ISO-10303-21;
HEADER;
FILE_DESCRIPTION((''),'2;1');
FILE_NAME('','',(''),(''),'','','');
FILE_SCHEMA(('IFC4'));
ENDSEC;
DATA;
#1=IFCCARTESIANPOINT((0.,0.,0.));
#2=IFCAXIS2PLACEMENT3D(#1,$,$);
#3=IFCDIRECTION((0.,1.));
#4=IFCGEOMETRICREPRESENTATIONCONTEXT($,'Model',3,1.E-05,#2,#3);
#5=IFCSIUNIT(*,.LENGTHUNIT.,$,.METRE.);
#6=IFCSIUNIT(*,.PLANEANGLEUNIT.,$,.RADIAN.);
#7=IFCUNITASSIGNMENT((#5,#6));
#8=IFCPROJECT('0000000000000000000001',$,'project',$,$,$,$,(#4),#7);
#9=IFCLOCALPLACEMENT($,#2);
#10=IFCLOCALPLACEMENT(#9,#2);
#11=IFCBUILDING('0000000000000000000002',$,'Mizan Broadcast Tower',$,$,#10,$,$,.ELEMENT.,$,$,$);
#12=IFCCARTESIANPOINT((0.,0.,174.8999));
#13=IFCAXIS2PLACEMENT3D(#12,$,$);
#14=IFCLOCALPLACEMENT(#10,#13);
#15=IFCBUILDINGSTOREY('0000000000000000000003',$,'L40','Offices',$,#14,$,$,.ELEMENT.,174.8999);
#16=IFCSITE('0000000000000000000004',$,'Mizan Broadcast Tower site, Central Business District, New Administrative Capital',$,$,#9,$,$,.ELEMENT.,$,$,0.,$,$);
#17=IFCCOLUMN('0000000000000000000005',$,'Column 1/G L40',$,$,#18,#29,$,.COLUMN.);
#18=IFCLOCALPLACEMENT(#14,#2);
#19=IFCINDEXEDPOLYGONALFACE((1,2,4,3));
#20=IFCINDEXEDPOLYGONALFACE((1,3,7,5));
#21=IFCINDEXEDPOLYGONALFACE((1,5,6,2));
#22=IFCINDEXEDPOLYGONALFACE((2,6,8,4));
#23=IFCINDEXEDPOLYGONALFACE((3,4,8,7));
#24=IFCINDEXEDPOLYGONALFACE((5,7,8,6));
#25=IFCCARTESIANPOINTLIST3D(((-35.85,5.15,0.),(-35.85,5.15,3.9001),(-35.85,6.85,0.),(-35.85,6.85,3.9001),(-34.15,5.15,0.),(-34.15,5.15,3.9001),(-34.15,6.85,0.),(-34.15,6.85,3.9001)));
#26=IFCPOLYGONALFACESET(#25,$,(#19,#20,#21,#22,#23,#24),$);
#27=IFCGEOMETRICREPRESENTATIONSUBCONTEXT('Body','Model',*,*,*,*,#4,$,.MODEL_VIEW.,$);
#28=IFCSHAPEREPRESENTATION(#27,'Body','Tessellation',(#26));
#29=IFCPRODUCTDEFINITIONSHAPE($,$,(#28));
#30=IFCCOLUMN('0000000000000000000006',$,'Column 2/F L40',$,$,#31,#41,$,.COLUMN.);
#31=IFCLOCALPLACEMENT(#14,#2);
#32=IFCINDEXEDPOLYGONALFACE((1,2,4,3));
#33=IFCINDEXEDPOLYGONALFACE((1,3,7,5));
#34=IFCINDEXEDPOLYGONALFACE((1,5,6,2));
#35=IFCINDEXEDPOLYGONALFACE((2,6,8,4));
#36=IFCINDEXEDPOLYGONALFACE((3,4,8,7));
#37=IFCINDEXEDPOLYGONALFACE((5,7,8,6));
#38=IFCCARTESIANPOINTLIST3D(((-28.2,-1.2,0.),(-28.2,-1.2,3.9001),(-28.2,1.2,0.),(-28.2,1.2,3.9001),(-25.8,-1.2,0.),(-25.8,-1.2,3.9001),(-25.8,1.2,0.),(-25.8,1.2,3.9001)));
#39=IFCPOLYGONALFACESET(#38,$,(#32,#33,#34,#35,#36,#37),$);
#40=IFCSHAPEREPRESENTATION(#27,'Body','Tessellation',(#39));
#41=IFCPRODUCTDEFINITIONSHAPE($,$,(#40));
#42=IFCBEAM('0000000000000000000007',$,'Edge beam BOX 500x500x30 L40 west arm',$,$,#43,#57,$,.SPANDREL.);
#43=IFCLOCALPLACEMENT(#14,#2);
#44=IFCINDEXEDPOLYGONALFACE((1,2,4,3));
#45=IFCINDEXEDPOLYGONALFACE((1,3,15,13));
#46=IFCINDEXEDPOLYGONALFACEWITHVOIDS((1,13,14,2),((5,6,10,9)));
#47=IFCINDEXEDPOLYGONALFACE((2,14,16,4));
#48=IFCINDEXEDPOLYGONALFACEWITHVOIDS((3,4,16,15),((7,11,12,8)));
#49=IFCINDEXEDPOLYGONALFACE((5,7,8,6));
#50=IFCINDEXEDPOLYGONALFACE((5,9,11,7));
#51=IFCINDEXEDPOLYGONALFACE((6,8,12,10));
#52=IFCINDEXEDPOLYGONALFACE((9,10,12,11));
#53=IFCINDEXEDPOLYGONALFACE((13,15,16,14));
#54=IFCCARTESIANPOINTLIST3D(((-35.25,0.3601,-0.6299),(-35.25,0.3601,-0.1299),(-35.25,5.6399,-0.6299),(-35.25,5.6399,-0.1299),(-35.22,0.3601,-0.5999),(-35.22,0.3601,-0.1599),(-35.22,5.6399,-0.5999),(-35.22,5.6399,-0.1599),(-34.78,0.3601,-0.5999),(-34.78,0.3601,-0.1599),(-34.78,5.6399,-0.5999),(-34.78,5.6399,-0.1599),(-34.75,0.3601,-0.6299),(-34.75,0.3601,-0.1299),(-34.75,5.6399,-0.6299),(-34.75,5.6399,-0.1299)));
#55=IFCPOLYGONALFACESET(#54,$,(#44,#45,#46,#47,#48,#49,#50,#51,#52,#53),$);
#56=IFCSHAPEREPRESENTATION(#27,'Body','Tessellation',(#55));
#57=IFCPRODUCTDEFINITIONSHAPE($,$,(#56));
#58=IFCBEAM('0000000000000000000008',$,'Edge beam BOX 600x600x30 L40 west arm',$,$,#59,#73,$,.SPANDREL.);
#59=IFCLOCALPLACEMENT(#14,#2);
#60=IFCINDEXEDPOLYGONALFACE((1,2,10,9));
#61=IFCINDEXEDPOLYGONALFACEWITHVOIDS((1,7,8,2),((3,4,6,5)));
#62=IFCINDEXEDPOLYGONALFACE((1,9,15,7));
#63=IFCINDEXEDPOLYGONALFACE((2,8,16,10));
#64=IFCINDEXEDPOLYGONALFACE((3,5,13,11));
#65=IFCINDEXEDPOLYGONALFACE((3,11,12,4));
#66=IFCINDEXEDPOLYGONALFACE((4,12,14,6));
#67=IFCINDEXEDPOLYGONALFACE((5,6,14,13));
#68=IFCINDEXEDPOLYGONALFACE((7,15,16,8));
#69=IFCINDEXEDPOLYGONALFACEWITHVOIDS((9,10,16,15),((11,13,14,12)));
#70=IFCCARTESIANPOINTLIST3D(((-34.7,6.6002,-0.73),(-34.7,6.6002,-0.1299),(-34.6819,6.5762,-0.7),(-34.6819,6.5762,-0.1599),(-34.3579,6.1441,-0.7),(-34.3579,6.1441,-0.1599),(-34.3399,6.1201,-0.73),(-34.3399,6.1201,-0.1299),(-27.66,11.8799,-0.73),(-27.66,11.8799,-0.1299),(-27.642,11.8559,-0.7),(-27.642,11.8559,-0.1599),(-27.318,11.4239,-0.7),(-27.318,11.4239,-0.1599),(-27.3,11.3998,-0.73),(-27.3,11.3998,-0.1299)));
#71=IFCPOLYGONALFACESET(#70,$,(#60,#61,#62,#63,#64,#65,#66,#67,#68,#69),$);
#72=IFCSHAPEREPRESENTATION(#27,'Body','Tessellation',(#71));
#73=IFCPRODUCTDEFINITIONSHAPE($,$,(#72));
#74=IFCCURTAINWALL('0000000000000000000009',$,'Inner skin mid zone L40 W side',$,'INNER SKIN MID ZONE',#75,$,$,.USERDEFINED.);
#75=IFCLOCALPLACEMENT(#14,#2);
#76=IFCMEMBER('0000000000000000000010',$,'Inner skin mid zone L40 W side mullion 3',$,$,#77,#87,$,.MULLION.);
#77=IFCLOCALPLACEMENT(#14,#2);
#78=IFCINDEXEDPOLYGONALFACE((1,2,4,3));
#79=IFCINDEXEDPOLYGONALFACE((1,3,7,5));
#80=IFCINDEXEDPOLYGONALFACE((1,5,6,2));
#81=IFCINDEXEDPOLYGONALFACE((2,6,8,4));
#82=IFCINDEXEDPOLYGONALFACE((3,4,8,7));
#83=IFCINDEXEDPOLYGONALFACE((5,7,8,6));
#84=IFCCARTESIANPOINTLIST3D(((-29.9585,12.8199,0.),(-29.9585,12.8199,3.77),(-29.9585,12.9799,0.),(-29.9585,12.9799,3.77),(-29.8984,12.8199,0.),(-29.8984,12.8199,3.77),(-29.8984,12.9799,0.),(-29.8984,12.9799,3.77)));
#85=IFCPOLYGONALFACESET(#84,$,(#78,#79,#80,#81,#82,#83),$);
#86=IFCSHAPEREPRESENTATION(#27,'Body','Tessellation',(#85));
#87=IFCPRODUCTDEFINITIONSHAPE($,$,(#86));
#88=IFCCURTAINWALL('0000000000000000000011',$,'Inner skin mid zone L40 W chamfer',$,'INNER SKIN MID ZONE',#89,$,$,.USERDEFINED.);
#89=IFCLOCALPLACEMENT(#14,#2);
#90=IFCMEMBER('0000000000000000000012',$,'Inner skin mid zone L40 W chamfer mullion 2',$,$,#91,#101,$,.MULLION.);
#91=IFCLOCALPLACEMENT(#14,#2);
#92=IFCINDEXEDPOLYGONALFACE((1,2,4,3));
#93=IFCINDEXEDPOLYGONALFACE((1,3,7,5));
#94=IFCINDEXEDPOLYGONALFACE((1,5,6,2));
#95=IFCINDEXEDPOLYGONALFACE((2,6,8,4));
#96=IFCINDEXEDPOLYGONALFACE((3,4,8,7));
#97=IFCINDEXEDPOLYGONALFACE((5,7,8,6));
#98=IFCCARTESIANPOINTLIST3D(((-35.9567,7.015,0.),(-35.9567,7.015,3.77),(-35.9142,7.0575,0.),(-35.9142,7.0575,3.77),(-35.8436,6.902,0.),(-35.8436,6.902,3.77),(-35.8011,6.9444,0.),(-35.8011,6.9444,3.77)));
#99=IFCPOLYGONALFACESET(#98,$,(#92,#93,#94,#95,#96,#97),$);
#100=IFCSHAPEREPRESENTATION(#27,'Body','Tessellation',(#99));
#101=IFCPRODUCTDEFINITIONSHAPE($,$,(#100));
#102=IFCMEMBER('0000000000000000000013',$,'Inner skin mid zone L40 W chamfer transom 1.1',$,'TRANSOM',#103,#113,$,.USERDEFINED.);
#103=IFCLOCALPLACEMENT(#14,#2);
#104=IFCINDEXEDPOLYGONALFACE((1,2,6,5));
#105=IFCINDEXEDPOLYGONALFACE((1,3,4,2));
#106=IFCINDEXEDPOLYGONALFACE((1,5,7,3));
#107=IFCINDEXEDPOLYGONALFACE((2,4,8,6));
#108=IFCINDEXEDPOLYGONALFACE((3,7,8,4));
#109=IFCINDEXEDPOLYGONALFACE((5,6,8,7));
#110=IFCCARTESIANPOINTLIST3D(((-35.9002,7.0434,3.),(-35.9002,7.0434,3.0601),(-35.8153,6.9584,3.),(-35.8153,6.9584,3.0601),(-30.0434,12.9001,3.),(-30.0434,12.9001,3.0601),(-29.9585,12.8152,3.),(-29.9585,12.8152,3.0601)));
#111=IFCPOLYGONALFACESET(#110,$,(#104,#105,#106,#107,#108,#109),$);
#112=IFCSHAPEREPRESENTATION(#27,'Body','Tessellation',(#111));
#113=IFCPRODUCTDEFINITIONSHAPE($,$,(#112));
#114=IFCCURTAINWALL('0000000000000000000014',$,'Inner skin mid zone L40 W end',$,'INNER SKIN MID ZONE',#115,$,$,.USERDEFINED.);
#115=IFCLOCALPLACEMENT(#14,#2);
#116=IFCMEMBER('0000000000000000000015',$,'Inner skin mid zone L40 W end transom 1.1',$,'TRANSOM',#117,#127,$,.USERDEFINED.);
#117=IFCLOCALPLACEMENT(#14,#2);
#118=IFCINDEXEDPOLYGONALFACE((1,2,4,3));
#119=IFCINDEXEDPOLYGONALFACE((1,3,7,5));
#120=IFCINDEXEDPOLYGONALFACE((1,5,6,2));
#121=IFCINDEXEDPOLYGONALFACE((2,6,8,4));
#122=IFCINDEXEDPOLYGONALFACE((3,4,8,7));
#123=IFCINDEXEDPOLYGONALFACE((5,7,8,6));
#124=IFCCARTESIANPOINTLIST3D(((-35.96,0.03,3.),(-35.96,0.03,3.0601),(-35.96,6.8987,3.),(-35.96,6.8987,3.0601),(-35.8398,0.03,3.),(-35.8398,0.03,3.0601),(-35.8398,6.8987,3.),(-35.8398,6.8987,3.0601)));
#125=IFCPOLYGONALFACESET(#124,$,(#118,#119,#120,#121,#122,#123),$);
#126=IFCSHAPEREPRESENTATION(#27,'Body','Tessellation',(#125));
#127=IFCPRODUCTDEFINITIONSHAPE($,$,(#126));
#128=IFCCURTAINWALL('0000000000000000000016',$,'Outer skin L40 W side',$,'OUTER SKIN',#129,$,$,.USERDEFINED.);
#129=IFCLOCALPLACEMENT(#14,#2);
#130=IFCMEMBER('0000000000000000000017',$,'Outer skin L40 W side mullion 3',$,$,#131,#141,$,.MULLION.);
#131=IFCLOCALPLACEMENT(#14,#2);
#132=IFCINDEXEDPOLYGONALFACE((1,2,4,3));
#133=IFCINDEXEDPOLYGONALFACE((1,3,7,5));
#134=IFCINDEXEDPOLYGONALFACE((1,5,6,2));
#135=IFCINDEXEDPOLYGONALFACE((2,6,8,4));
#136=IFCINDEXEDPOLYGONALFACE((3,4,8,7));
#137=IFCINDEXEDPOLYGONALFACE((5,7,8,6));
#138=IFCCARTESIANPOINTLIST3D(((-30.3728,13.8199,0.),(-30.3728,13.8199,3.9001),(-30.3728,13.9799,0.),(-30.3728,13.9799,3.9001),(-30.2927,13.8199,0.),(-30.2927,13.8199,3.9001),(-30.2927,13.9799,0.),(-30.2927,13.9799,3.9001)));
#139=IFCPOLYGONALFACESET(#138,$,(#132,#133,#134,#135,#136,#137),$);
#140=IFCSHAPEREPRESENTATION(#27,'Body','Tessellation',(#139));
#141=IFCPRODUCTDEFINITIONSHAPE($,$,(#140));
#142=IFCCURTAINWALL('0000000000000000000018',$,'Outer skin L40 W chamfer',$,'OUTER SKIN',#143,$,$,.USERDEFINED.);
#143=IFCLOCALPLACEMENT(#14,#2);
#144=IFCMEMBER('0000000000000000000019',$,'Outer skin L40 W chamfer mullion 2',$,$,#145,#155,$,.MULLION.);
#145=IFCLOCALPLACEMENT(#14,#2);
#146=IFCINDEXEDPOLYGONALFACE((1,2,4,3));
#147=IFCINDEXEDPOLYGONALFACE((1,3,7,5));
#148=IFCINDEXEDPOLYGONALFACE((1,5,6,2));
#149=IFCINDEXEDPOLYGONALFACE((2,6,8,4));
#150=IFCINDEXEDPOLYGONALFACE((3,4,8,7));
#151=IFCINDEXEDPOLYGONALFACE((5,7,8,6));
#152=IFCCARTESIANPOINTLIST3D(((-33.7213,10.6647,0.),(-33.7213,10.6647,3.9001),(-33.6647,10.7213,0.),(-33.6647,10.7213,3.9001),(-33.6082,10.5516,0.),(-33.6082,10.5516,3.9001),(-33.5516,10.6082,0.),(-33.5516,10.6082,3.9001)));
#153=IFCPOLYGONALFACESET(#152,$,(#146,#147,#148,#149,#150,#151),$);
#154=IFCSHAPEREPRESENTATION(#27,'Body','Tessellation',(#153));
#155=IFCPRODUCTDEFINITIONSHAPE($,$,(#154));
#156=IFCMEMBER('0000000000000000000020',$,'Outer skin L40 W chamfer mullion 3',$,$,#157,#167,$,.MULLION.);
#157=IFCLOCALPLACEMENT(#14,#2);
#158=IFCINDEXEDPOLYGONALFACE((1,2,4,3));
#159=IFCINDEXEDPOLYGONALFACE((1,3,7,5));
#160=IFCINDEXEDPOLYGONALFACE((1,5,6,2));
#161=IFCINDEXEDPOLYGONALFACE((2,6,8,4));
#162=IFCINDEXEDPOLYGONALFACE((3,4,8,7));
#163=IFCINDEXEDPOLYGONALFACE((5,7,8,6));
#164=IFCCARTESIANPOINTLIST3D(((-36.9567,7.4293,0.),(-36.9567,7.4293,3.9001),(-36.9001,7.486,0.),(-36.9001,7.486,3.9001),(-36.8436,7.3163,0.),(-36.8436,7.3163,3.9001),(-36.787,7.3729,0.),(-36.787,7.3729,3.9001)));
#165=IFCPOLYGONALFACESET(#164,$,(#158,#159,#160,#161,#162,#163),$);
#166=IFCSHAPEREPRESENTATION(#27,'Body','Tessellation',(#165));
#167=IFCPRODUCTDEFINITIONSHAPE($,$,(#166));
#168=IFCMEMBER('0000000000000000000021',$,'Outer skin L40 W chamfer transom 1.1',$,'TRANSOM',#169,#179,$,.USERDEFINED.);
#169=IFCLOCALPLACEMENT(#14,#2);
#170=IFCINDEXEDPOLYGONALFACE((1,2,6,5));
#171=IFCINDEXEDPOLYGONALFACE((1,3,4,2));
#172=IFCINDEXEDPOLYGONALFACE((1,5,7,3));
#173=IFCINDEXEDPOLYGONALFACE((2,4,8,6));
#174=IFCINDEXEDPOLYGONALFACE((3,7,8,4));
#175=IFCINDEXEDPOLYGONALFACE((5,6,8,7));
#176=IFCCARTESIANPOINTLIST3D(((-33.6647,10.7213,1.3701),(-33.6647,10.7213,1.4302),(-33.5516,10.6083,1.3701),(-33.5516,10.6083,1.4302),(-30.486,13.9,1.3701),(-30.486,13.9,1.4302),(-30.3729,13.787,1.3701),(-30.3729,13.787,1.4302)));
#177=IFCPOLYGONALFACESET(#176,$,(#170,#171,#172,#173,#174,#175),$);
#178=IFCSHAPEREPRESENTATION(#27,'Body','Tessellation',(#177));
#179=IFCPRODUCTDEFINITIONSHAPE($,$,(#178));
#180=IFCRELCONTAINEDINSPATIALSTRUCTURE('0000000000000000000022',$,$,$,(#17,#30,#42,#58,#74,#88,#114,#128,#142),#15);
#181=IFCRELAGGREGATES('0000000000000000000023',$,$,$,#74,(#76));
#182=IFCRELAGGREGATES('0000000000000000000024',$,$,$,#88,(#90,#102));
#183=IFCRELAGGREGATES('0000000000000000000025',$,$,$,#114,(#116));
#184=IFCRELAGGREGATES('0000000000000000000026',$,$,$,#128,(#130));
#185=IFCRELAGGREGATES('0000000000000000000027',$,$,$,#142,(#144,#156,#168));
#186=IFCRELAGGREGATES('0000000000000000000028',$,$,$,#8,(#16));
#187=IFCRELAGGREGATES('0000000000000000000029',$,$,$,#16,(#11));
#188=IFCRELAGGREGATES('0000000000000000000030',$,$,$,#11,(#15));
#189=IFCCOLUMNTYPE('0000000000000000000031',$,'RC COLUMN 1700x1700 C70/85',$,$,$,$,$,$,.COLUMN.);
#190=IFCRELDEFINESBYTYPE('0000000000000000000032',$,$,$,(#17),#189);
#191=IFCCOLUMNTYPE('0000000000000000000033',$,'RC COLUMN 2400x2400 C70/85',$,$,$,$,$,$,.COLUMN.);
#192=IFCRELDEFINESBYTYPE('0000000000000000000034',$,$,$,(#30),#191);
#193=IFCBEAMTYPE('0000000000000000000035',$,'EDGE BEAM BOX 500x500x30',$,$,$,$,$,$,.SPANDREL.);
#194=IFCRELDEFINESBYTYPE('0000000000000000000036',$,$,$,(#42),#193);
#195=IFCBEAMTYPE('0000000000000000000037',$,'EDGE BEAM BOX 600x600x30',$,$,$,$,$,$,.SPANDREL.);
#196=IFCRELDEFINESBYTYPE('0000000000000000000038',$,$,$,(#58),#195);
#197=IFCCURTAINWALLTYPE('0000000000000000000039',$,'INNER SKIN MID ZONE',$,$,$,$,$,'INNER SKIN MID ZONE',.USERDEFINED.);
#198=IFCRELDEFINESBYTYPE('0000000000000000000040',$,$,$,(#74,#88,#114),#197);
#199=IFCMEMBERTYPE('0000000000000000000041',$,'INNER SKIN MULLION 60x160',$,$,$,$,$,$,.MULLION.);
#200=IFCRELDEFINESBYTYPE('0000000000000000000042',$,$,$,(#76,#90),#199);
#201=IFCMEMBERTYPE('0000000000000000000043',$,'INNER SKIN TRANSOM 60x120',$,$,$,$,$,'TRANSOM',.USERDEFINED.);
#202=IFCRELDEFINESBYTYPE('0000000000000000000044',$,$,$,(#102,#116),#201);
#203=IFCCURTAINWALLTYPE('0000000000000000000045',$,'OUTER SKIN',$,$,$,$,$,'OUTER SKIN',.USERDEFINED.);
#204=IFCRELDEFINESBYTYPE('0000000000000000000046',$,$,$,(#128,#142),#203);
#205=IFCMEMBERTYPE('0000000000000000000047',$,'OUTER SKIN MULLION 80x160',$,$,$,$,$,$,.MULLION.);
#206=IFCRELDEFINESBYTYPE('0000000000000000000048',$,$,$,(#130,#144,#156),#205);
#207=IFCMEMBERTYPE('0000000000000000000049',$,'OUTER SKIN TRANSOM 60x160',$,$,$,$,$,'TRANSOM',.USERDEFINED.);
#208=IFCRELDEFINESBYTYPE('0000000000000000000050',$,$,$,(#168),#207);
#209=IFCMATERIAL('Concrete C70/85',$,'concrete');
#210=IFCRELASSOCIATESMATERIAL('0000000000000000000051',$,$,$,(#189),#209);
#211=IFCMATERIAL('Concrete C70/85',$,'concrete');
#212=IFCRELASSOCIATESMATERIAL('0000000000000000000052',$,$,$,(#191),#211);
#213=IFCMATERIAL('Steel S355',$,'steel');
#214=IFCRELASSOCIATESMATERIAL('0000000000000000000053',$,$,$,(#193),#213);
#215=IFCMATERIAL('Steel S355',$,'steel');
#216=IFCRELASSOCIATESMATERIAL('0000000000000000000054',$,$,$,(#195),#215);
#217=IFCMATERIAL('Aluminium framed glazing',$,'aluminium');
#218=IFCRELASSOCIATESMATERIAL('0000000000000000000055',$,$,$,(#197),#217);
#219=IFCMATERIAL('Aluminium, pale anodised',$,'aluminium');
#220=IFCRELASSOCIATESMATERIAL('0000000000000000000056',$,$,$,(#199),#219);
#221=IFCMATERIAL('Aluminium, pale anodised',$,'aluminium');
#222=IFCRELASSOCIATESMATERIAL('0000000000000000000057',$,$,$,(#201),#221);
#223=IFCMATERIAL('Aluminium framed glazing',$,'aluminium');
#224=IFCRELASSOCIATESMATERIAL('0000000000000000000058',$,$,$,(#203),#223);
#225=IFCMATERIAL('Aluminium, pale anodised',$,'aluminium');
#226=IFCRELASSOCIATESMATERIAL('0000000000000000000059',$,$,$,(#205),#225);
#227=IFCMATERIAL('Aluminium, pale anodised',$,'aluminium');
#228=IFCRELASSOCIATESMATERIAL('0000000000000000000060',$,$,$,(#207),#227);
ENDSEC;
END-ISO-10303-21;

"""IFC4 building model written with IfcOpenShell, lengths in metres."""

from ifc_helpers import new_model, si_unit, direction, frame, origin, origin_2d, place, context, subcontext, project, spatial, rectangle, hollow_rectangle, extrude, material, material_profile, profile_set, type_object, element, aggregate, save


model = new_model("IFC4")

# Units and contexts
model_context = context("Model", 3, precision=1e-05, world=origin(), true_north=direction((0.0, 1.0)))
body_context = subcontext(model_context, "Body", "Model", "MODEL_VIEW")
ifc_project = project(units=[si_unit("LENGTHUNIT", "METRE"), si_unit("PLANEANGLEUNIT", "RADIAN")], contexts=[model_context])

# Site, building, storey
site_placement = place(None, origin())
site = spatial("IfcSite", under=ifc_project, at=site_placement, Name="Mizan Broadcast Tower site, Central Business District, New Administrative Capital", CompositionType="ELEMENT", RefElevation=0.0)
building_placement = place(site_placement, origin())
building = spatial("IfcBuilding", under=site, at=building_placement, Name="Mizan Broadcast Tower", CompositionType="ELEMENT")
storey_placement = place(building_placement, frame((0.0, 0.0, 174.8999)))
storey = spatial("IfcBuildingStorey", under=building, at=storey_placement, Name="L40", Description="Offices", CompositionType="ELEMENT", Elevation=174.8999)

# Columns
ifc_material_1 = material(Name="Concrete C70/85", Category="concrete")
ifc_material_profile_1 = material_profile(ifc_material_1, rectangle(XDim=1.7, YDim=1.7, at=origin_2d()), Name="RC 1700x1700")
ifc_profile_set_1 = profile_set([ifc_material_profile_1], Name="Concrete C70/85")
column_type_1 = type_object("IfcColumnType", Name="RC COLUMN 1700x1700 C70/85", PredefinedType="COLUMN", material=ifc_profile_set_1)
column_1_placement = place(storey_placement, frame((-35.0, 6.0, 0.0), z_axis=(0.0, 0.0, 1.0), x_axis=(1.0, 0.0, 0.0)))
element("IfcColumn", 1, at=column_1_placement, inside=storey, type_object=column_type_1, Name="Column 1/G L40", PredefinedType="COLUMN", context=body_context, shape_type="SweptSolid", body=[
    extrude(rectangle(XDim=1.7, YDim=1.7, at=origin_2d()), origin(), (0.0, 0.0, 1.0), 3.9001),
])
ifc_material_2 = material(Name="Concrete C70/85", Category="concrete")
ifc_material_profile_2 = material_profile(ifc_material_2, rectangle(XDim=2.3999, YDim=2.3999, at=origin_2d()), Name="RC 2400x2400")
ifc_profile_set_2 = profile_set([ifc_material_profile_2], Name="Concrete C70/85")
column_type_2 = type_object("IfcColumnType", Name="RC COLUMN 2400x2400 C70/85", PredefinedType="COLUMN", material=ifc_profile_set_2)
column_2_placement = place(storey_placement, frame((-27.0, 0.0, 0.0), z_axis=(0.0, 0.0, 1.0), x_axis=(1.0, 0.0, 0.0)))
element("IfcColumn", 2, at=column_2_placement, inside=storey, type_object=column_type_2, Name="Column 2/F L40", PredefinedType="COLUMN", context=body_context, shape_type="SweptSolid", body=[
    extrude(rectangle(XDim=2.3999, YDim=2.3999, at=origin_2d()), origin(), (0.0, 0.0, 1.0), 3.9001),
])

# Beams
ifc_material_3 = material(Name="Steel S355", Category="steel")
ifc_material_profile_3 = material_profile(ifc_material_3, hollow_rectangle(XDim=0.5, YDim=0.5, WallThickness=0.03, at=origin_2d()), Name="BOX 500x500x30")
ifc_profile_set_3 = profile_set([ifc_material_profile_3], Name="Steel S355")
beam_type_1 = type_object("IfcBeamType", Name="EDGE BEAM BOX 500x500x30", PredefinedType="SPANDREL", material=ifc_profile_set_3)
beam_1_placement = place(storey_placement, frame((-35.0, 5.6399, -0.3799), z_axis=(0.0, -1.0, 0.0), x_axis=(1.0, 0.0, 0.0)))
element("IfcBeam", 3, at=beam_1_placement, inside=storey, type_object=beam_type_1, Name="Edge beam BOX 500x500x30 L40 west arm", PredefinedType="SPANDREL", context=body_context, shape_type="SweptSolid", body=[
    extrude(hollow_rectangle(XDim=0.5, YDim=0.5, WallThickness=0.03, at=origin_2d()), origin(), (0.0, 0.0, 1.0), 5.2798),
])
ifc_material_4 = material(Name="Steel S355", Category="steel")
ifc_material_profile_4 = material_profile(ifc_material_4, hollow_rectangle(XDim=0.6001, YDim=0.6001, WallThickness=0.03, at=origin_2d()), Name="BOX 600x600x30")
ifc_profile_set_4 = profile_set([ifc_material_profile_4], Name="Steel S355")
beam_type_2 = type_object("IfcBeamType", Name="EDGE BEAM BOX 600x600x30", PredefinedType="SPANDREL", material=ifc_profile_set_4)
beam_2_placement = place(storey_placement, frame((-27.48, 11.6399, -0.4299), z_axis=(-0.800013, -0.599982, 0.0), x_axis=(0.599982, -0.800013, 0.0)))
element("IfcBeam", 4, at=beam_2_placement, inside=storey, type_object=beam_type_2, Name="Edge beam BOX 600x600x30 L40 west arm", PredefinedType="SPANDREL", context=body_context, shape_type="SweptSolid", body=[
    extrude(hollow_rectangle(XDim=0.6001, YDim=0.6001, WallThickness=0.03, at=origin_2d()), origin(), (0.0, 0.0, 1.0), 8.7998),
])

# Curtain wall, member
ifc_material_5 = material(Name="Aluminium framed glazing", Category="aluminium")
curtain_wall_type_1 = type_object("IfcCurtainWallType", Name="INNER SKIN MID ZONE", ElementType="INNER SKIN MID ZONE", PredefinedType="USERDEFINED", material=ifc_material_5)
curtain_wall_1_placement = place(storey_placement, origin())
curtain_wall_1 = element("IfcCurtainWall", 5, at=curtain_wall_1_placement, inside=storey, type_object=curtain_wall_type_1, Name="Inner skin mid zone L40 W side", ObjectType="INNER SKIN MID ZONE", PredefinedType="USERDEFINED")
ifc_material_6 = material(Name="Aluminium, pale anodised", Category="aluminium")
ifc_material_profile_5 = material_profile(ifc_material_6, rectangle(XDim=0.1599, YDim=0.0601, at=origin_2d()), Name="MULLION 160x60")
ifc_profile_set_5 = profile_set([ifc_material_profile_5], Name="Aluminium, pale anodised")
member_type_1 = type_object("IfcMemberType", Name="INNER SKIN MULLION 60x160", PredefinedType="MULLION", material=ifc_profile_set_5)
member_1_placement = place(storey_placement, frame((-29.9285, 12.8999, 0.0), z_axis=(0.0, 0.0, 1.0), x_axis=(0.0, -1.0, 0.0)))
member_1 = element("IfcMember", 6, at=member_1_placement, type_object=member_type_1, Name="Inner skin mid zone L40 W side mullion 3", PredefinedType="MULLION", context=body_context, shape_type="SweptSolid", body=[
    extrude(rectangle(XDim=0.1599, YDim=0.0601, at=origin_2d()), origin(), (0.0, 0.0, 1.0), 3.77),
])

# Curtain wall, members
curtain_wall_2_placement = place(storey_placement, origin())
curtain_wall_2 = element("IfcCurtainWall", 7, at=curtain_wall_2_placement, inside=storey, type_object=curtain_wall_type_1, Name="Inner skin mid zone L40 W chamfer", ObjectType="INNER SKIN MID ZONE", PredefinedType="USERDEFINED")
member_2_placement = place(storey_placement, frame((-35.8789, 6.9797, 0.0), z_axis=(0.0, 0.0, 1.0), x_axis=(0.707107, -0.707107, 0.0)))
member_2 = element("IfcMember", 8, at=member_2_placement, type_object=member_type_1, Name="Inner skin mid zone L40 W chamfer mullion 2", PredefinedType="MULLION", context=body_context, shape_type="SweptSolid", body=[
    extrude(rectangle(XDim=0.1599, YDim=0.0601, at=origin_2d()), origin(), (0.0, 0.0, 1.0), 3.77),
])
ifc_material_7 = material(Name="Aluminium, pale anodised", Category="aluminium")
ifc_material_profile_6 = material_profile(ifc_material_7, rectangle(XDim=0.1201, YDim=0.0601, at=origin_2d()), Name="TRANSOM 120x60")
ifc_profile_set_6 = profile_set([ifc_material_profile_6], Name="Aluminium, pale anodised")
member_type_2 = type_object("IfcMemberType", Name="INNER SKIN TRANSOM 60x120", ElementType="TRANSOM", PredefinedType="USERDEFINED", material=ifc_profile_set_6)
member_3_placement = place(storey_placement, frame((-30.001, 12.8577, 3.03), z_axis=(-0.707107, -0.707107, 0.0), x_axis=(0.707107, -0.707107, 0.0)))
member_3 = element("IfcMember", 9, at=member_3_placement, type_object=member_type_2, Name="Inner skin mid zone L40 W chamfer transom 1.1", ObjectType="TRANSOM", PredefinedType="USERDEFINED", context=body_context, shape_type="SweptSolid", body=[
    extrude(rectangle(XDim=0.1201, YDim=0.0601, at=origin_2d()), origin(), (0.0, 0.0, 1.0), 8.2827),
])

# Curtain walls, members
curtain_wall_3_placement = place(storey_placement, origin())
curtain_wall_3 = element("IfcCurtainWall", 10, at=curtain_wall_3_placement, inside=storey, type_object=curtain_wall_type_1, Name="Inner skin mid zone L40 W end", ObjectType="INNER SKIN MID ZONE", PredefinedType="USERDEFINED")
member_4_placement = place(storey_placement, frame((-35.8999, 6.8987, 3.03), z_axis=(0.0, -1.0, 0.0), x_axis=(1.0, 0.0, 0.0)))
member_4 = element("IfcMember", 11, at=member_4_placement, type_object=member_type_2, Name="Inner skin mid zone L40 W end transom 1.1", ObjectType="TRANSOM", PredefinedType="USERDEFINED", context=body_context, shape_type="SweptSolid", body=[
    extrude(rectangle(XDim=0.1201, YDim=0.0601, at=origin_2d()), origin(), (0.0, 0.0, 1.0), 6.8687),
])
ifc_material_8 = material(Name="Aluminium framed glazing", Category="aluminium")
curtain_wall_type_2 = type_object("IfcCurtainWallType", Name="OUTER SKIN", ElementType="OUTER SKIN", PredefinedType="USERDEFINED", material=ifc_material_8)
curtain_wall_4_placement = place(storey_placement, origin())
curtain_wall_4 = element("IfcCurtainWall", 12, at=curtain_wall_4_placement, inside=storey, type_object=curtain_wall_type_2, Name="Outer skin L40 W side", ObjectType="OUTER SKIN", PredefinedType="USERDEFINED")
ifc_material_9 = material(Name="Aluminium, pale anodised", Category="aluminium")
ifc_material_profile_7 = material_profile(ifc_material_9, rectangle(XDim=0.1599, YDim=0.0801, at=origin_2d()), Name="MULLION 160x80")
ifc_profile_set_7 = profile_set([ifc_material_profile_7], Name="Aluminium, pale anodised")
member_type_3 = type_object("IfcMemberType", Name="OUTER SKIN MULLION 80x160", PredefinedType="MULLION", material=ifc_profile_set_7)
member_5_placement = place(storey_placement, frame((-30.3328, 13.8999, 0.0), z_axis=(0.0, 0.0, 1.0), x_axis=(0.0, -1.0, 0.0)))
member_5 = element("IfcMember", 13, at=member_5_placement, type_object=member_type_3, Name="Outer skin L40 W side mullion 3", PredefinedType="MULLION", context=body_context, shape_type="SweptSolid", body=[
    extrude(rectangle(XDim=0.1599, YDim=0.0801, at=origin_2d()), origin(), (0.0, 0.0, 1.0), 3.9001),
])

# Curtain wall, members
curtain_wall_5_placement = place(storey_placement, origin())
curtain_wall_5 = element("IfcCurtainWall", 14, at=curtain_wall_5_placement, inside=storey, type_object=curtain_wall_type_2, Name="Outer skin L40 W chamfer", ObjectType="OUTER SKIN", PredefinedType="USERDEFINED")
member_6_placement = place(storey_placement, frame((-33.6365, 10.6365, 0.0), z_axis=(0.0, 0.0, 1.0), x_axis=(0.707107, -0.707107, 0.0)))
member_6 = element("IfcMember", 15, at=member_6_placement, type_object=member_type_3, Name="Outer skin L40 W chamfer mullion 2", PredefinedType="MULLION", context=body_context, shape_type="SweptSolid", body=[
    extrude(rectangle(XDim=0.1599, YDim=0.0801, at=origin_2d()), origin(), (0.0, 0.0, 1.0), 3.9001),
])
member_7_placement = place(storey_placement, frame((-36.8718, 7.4011, 0.0), z_axis=(0.0, 0.0, 1.0), x_axis=(0.707107, -0.707107, 0.0)))
member_7 = element("IfcMember", 16, at=member_7_placement, type_object=member_type_3, Name="Outer skin L40 W chamfer mullion 3", PredefinedType="MULLION", context=body_context, shape_type="SweptSolid", body=[
    extrude(rectangle(XDim=0.1599, YDim=0.0801, at=origin_2d()), origin(), (0.0, 0.0, 1.0), 3.9001),
])
ifc_material_10 = material(Name="Aluminium, pale anodised", Category="aluminium")
ifc_material_profile_8 = material_profile(ifc_material_10, rectangle(XDim=0.1599, YDim=0.0601, at=origin_2d()), Name="TRANSOM 160x60")
ifc_profile_set_8 = profile_set([ifc_material_profile_8], Name="Aluminium, pale anodised")
member_type_4 = type_object("IfcMemberType", Name="OUTER SKIN TRANSOM 60x160", ElementType="TRANSOM", PredefinedType="USERDEFINED", material=ifc_profile_set_8)
member_8_placement = place(storey_placement, frame((-30.4294, 13.8435, 1.4001), z_axis=(-0.707107, -0.707107, 0.0), x_axis=(0.707107, -0.707107, 0.0)))
member_8 = element("IfcMember", 17, at=member_8_placement, type_object=member_type_4, Name="Outer skin L40 W chamfer transom 1.1", ObjectType="TRANSOM", PredefinedType="USERDEFINED", context=body_context, shape_type="SweptSolid", body=[
    extrude(rectangle(XDim=0.1599, YDim=0.0601, at=origin_2d()), origin(), (0.0, 0.0, 1.0), 4.4954),
])

aggregate(curtain_wall_1, [member_1])
aggregate(curtain_wall_2, [member_2, member_3])
aggregate(curtain_wall_3, [member_4])
aggregate(curtain_wall_4, [member_5])
aggregate(curtain_wall_5, [member_6, member_7, member_8])

save(model, "model.ifc")
